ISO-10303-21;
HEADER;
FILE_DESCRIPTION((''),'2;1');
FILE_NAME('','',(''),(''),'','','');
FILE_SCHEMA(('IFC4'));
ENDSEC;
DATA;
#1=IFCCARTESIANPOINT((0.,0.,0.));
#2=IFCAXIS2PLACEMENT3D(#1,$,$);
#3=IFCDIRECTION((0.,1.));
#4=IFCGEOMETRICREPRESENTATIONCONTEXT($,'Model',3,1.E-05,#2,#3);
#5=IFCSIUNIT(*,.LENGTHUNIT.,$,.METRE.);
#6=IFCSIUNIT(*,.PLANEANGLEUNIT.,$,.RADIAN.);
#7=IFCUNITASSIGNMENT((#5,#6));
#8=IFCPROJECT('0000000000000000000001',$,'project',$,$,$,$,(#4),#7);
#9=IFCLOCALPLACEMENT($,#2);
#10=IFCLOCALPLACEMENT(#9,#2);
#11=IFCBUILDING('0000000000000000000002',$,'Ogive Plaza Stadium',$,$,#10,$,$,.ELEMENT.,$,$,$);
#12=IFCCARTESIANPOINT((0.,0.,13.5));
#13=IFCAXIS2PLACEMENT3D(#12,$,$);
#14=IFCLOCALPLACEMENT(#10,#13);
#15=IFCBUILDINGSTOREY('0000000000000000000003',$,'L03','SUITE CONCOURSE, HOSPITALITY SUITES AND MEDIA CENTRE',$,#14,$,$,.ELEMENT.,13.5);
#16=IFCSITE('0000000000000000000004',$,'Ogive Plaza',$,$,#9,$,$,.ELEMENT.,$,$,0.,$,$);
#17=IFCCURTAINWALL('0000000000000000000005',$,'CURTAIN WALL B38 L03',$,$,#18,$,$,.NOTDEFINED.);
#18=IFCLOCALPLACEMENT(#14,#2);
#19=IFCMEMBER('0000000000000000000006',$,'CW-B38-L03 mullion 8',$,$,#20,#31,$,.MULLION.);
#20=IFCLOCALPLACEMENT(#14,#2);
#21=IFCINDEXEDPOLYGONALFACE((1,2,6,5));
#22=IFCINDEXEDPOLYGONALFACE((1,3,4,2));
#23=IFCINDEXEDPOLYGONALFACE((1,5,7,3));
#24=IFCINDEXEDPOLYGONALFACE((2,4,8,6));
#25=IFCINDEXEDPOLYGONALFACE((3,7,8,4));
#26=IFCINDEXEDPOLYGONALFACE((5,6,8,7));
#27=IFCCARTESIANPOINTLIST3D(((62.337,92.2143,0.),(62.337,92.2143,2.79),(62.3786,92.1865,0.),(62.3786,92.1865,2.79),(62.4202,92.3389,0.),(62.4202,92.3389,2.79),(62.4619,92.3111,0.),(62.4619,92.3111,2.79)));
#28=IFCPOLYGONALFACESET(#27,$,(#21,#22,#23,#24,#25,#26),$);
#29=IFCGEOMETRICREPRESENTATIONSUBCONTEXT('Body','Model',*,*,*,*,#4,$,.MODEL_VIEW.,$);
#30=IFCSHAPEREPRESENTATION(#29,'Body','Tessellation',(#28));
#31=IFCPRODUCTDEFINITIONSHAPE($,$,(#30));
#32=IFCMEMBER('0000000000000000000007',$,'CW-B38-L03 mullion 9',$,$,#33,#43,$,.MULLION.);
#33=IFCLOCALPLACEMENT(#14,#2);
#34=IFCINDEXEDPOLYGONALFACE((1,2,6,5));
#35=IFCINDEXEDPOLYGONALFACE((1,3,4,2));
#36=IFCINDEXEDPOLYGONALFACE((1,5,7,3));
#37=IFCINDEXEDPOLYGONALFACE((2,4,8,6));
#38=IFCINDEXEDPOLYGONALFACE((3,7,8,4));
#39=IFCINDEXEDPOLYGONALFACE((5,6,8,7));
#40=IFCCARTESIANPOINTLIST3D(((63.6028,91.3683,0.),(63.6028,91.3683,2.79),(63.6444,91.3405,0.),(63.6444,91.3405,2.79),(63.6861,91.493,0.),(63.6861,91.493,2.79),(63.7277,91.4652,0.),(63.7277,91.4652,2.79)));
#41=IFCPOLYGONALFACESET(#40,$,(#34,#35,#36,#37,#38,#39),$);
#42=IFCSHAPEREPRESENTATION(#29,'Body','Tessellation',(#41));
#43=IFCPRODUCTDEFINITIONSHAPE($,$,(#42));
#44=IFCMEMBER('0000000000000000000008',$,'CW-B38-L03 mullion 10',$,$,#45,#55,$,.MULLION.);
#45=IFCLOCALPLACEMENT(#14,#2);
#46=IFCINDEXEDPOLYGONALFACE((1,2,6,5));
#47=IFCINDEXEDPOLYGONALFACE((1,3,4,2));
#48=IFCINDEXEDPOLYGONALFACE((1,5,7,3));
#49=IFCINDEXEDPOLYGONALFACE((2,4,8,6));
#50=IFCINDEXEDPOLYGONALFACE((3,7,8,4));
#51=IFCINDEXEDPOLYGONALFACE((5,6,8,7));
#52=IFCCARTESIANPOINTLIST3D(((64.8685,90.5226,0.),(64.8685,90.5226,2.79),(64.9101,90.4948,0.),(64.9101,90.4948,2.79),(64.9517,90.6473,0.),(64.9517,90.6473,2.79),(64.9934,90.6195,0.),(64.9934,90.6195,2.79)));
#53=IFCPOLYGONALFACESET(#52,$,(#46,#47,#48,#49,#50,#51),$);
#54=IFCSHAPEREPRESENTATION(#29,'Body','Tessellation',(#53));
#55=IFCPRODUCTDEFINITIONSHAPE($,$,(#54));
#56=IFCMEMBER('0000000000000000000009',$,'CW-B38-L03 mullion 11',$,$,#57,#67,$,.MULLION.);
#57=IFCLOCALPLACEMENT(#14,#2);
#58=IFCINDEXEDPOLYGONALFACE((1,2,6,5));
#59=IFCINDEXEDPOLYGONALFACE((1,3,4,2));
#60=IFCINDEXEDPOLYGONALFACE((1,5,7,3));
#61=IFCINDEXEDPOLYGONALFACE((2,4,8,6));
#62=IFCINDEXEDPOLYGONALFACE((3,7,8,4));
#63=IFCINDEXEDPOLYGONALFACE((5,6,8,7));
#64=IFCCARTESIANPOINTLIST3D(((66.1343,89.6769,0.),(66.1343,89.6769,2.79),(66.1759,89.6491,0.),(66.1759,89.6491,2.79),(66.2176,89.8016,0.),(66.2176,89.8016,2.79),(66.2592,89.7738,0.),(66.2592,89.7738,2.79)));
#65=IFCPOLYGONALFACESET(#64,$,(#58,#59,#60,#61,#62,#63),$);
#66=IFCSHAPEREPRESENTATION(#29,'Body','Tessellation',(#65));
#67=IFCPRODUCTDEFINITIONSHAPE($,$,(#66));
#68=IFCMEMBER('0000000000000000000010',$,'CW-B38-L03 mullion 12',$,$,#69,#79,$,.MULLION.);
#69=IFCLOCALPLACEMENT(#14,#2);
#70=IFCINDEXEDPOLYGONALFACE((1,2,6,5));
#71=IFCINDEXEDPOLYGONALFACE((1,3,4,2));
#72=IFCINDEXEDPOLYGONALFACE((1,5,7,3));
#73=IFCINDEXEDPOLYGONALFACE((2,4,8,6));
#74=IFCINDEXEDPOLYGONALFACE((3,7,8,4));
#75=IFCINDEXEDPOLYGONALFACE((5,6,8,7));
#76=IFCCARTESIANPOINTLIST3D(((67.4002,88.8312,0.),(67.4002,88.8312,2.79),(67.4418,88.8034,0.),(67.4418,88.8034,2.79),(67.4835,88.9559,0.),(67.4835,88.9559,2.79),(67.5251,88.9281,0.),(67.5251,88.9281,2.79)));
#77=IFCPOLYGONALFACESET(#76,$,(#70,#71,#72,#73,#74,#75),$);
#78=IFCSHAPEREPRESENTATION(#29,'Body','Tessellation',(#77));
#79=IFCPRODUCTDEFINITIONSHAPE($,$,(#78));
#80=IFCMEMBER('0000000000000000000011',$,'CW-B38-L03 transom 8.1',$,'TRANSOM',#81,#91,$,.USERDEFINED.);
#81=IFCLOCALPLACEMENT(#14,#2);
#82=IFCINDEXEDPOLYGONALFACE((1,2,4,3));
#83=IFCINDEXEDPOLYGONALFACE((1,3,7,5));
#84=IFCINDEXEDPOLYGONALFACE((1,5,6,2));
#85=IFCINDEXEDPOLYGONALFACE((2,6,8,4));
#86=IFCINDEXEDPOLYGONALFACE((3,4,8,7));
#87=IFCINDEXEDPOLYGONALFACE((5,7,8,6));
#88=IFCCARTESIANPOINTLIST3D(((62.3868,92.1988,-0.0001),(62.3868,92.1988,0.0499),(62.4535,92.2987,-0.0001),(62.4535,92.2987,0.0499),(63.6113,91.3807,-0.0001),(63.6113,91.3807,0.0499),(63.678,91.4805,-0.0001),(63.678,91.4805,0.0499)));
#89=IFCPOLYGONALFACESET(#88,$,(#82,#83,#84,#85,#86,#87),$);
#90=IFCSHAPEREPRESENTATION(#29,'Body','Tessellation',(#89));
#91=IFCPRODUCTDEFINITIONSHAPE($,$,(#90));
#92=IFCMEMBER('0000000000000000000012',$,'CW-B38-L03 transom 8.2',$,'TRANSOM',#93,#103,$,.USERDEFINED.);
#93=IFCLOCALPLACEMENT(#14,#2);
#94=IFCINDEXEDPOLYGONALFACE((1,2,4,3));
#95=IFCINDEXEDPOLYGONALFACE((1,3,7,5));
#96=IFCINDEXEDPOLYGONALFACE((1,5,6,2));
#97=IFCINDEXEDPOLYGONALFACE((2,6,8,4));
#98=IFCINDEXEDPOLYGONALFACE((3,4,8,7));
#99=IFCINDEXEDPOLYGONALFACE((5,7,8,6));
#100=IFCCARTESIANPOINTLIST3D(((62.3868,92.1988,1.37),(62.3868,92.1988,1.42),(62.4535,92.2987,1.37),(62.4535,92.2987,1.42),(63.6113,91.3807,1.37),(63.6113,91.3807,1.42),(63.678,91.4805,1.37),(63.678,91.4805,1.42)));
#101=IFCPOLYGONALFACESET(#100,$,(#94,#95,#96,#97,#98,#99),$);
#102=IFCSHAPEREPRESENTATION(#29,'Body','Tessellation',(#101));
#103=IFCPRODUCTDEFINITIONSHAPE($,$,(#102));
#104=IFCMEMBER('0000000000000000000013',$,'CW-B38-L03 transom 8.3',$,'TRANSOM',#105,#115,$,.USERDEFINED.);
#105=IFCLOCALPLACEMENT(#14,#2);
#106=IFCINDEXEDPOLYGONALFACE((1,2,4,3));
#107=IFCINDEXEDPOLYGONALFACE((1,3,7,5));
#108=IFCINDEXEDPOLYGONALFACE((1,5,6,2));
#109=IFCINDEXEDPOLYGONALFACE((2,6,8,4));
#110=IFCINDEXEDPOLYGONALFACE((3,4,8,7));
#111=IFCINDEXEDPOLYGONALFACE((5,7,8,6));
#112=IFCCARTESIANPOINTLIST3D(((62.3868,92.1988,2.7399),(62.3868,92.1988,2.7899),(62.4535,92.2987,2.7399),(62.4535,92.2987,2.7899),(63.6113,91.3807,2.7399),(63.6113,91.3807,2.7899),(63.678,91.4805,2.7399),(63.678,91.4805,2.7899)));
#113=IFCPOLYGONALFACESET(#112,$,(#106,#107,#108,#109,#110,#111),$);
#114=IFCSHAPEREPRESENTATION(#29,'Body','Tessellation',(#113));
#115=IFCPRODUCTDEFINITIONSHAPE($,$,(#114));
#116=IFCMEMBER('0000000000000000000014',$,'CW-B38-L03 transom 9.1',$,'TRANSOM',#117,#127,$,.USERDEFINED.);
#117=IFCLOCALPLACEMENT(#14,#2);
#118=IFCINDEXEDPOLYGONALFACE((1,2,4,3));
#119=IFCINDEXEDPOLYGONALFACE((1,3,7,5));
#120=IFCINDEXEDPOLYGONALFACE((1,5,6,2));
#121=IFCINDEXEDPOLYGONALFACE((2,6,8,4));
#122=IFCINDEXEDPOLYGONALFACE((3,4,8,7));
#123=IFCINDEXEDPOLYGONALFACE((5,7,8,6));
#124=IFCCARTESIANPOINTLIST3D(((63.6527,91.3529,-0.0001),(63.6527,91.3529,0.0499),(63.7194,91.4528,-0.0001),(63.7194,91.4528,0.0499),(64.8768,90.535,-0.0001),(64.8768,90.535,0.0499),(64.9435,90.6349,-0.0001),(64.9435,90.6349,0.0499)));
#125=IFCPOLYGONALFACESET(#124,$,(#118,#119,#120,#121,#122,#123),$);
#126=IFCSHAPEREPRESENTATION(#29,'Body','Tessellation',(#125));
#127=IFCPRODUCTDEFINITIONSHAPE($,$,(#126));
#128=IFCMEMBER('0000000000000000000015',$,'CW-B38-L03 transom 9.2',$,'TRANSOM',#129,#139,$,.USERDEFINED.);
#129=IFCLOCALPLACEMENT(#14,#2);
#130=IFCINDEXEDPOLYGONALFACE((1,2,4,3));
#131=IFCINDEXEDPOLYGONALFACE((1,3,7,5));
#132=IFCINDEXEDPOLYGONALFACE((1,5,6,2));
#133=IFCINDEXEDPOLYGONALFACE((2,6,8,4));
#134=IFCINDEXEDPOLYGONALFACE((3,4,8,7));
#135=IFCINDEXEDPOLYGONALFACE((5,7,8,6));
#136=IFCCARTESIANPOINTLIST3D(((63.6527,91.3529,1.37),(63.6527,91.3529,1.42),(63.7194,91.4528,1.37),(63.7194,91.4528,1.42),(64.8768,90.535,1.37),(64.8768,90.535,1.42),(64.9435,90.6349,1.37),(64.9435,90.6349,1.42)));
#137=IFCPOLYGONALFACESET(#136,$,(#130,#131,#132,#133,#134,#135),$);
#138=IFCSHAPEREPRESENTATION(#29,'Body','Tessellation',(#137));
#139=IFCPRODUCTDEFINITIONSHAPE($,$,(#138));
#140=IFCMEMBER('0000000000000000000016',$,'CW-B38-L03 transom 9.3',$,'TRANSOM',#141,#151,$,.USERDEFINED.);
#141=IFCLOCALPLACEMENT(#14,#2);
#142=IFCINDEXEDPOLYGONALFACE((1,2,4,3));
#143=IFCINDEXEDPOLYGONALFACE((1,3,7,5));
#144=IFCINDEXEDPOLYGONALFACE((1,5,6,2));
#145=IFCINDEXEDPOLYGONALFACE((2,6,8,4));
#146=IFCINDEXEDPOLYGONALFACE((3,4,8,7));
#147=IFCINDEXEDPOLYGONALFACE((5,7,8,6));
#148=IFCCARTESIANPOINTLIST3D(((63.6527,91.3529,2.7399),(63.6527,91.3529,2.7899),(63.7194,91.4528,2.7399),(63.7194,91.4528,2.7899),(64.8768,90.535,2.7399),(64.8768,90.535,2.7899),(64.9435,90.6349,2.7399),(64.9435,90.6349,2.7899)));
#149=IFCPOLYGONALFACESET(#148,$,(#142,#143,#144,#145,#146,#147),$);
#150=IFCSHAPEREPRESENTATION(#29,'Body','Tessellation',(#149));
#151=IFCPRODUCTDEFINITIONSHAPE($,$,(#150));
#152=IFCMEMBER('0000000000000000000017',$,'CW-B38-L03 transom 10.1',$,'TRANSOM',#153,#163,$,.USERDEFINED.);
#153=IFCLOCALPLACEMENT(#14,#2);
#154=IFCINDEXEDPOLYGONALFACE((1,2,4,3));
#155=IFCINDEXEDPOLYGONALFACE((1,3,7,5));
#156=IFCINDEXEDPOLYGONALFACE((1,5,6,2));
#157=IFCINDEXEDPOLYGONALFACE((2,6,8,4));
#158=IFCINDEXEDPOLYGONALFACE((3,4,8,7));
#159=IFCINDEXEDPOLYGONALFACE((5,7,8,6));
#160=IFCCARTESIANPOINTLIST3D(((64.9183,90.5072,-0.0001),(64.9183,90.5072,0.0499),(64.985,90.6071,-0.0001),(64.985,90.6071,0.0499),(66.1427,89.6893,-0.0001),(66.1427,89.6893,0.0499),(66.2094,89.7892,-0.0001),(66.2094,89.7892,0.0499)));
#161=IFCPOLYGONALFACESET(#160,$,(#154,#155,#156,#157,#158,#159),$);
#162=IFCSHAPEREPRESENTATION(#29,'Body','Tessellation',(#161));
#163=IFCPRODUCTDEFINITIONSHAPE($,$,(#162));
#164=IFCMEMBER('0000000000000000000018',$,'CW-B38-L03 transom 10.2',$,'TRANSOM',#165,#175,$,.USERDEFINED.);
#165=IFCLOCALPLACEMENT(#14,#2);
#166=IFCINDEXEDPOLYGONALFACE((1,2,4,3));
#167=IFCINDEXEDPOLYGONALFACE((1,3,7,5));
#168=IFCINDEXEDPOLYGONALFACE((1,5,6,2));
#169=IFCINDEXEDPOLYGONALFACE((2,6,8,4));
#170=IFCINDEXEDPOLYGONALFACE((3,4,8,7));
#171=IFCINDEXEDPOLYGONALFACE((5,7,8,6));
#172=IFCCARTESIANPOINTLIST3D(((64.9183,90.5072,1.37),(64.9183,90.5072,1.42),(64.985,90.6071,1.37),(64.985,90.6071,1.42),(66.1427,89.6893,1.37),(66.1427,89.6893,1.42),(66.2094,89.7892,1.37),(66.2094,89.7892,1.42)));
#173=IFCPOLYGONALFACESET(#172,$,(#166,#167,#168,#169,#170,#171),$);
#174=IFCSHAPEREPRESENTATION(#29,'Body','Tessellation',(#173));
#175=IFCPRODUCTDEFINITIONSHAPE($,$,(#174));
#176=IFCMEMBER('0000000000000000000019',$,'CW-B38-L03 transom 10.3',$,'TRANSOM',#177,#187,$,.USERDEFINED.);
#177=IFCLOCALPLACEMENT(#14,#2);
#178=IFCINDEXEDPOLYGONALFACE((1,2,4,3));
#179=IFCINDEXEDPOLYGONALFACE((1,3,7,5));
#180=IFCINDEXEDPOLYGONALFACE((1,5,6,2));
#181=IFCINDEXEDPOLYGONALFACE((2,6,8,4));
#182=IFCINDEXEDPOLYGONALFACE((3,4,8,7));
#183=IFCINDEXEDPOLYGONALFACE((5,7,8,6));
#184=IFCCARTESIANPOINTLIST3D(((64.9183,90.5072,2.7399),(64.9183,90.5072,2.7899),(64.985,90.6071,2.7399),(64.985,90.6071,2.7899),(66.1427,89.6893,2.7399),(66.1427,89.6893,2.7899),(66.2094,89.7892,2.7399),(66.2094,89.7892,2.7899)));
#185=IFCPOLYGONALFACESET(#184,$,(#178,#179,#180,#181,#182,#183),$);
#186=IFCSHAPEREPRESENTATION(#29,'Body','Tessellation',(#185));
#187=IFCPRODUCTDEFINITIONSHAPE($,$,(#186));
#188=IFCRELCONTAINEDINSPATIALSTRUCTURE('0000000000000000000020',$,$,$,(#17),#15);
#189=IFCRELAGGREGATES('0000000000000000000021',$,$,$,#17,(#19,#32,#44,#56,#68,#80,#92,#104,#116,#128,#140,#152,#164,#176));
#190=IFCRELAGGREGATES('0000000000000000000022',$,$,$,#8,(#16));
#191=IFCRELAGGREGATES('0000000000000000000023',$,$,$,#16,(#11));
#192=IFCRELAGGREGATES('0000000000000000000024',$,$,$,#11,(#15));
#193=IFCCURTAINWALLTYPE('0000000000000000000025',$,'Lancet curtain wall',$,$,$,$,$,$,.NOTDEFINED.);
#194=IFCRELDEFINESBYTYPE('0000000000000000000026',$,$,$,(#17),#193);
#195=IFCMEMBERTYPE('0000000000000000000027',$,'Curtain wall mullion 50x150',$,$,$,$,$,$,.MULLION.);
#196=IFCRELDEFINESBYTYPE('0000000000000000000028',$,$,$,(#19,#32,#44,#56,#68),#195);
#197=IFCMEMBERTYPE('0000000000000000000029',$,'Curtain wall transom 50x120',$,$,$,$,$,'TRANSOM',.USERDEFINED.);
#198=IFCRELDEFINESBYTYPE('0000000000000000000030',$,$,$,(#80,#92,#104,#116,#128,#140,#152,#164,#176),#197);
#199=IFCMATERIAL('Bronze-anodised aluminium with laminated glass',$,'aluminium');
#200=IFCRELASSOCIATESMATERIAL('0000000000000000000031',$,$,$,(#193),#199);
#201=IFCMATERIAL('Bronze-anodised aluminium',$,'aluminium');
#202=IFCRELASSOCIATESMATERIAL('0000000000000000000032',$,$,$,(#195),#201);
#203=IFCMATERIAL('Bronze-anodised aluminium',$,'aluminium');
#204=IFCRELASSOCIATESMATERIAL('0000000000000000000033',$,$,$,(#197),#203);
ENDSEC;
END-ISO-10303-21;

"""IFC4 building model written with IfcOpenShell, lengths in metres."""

from ifc_helpers import new_model, si_unit, direction, frame, origin, origin_2d, place, context, subcontext, project, spatial, rectangle, extrude, material, material_profile, profile_set, type_object, element, aggregate, save


model = new_model("IFC4")

# Units and contexts
model_context = context("Model", 3, precision=1e-05, world=origin(), true_north=direction((0.0, 1.0)))
body_context = subcontext(model_context, "Body", "Model", "MODEL_VIEW")
ifc_project = project(units=[si_unit("LENGTHUNIT", "METRE"), si_unit("PLANEANGLEUNIT", "RADIAN")], contexts=[model_context])

# Site, building, storey
site_placement = place(None, origin())
site = spatial("IfcSite", under=ifc_project, at=site_placement, Name="Ogive Plaza", CompositionType="ELEMENT", RefElevation=0.0)
building_placement = place(site_placement, origin())
building = spatial("IfcBuilding", under=site, at=building_placement, Name="Ogive Plaza Stadium", CompositionType="ELEMENT")
storey_placement = place(building_placement, frame((0.0, 0.0, 13.5)))
storey = spatial("IfcBuildingStorey", under=building, at=storey_placement, Name="L03", Description="SUITE CONCOURSE, HOSPITALITY SUITES AND MEDIA CENTRE", CompositionType="ELEMENT", Elevation=13.5)

# Curtain wall, members
ifc_material_1 = material(Name="Bronze-anodised aluminium with laminated glass", Category="aluminium")
curtain_wall_type = type_object("IfcCurtainWallType", Name="Lancet curtain wall", PredefinedType="NOTDEFINED", material=ifc_material_1)
curtain_wall_placement = place(storey_placement, origin())
curtain_wall = element("IfcCurtainWall", 1, at=curtain_wall_placement, inside=storey, type_object=curtain_wall_type, Name="CURTAIN WALL B38 L03", PredefinedType="NOTDEFINED")
ifc_material_2 = material(Name="Bronze-anodised aluminium", Category="aluminium")
ifc_material_profile_1 = material_profile(ifc_material_2, rectangle(XDim=0.1499, YDim=0.05, at=origin_2d()), Name="AL 150x50")
ifc_profile_set_1 = profile_set([ifc_material_profile_1], Name="Bronze-anodised aluminium")
member_type_1 = type_object("IfcMemberType", Name="Curtain wall mullion 50x150", PredefinedType="MULLION", material=ifc_profile_set_1)
member_1_placement = place(storey_placement, frame((62.3994, 92.2627, 0.0), z_axis=(0.0, 0.0, 1.0), x_axis=(0.55557, 0.83147, 0.0)))
member_1 = element("IfcMember", 2, at=member_1_placement, type_object=member_type_1, Name="CW-B38-L03 mullion 8", PredefinedType="MULLION", context=body_context, shape_type="SweptSolid", body=[
    extrude(rectangle(XDim=0.1499, YDim=0.05, at=origin_2d()), origin(), (0.0, 0.0, 1.0), 2.79),
])
member_2_placement = place(storey_placement, frame((63.6653, 91.4167, 0.0), z_axis=(0.0, 0.0, 1.0), x_axis=(0.55557, 0.83147, 0.0)))
member_2 = element("IfcMember", 3, at=member_2_placement, type_object=member_type_1, Name="CW-B38-L03 mullion 9", PredefinedType="MULLION", context=body_context, shape_type="SweptSolid", body=[
    extrude(rectangle(XDim=0.1499, YDim=0.05, at=origin_2d()), origin(), (0.0, 0.0, 1.0), 2.79),
])
member_3_placement = place(storey_placement, frame((64.9309, 90.571, 0.0), z_axis=(0.0, 0.0, 1.0), x_axis=(0.55557, 0.83147, 0.0)))
member_3 = element("IfcMember", 4, at=member_3_placement, type_object=member_type_1, Name="CW-B38-L03 mullion 10", PredefinedType="MULLION", context=body_context, shape_type="SweptSolid", body=[
    extrude(rectangle(XDim=0.1499, YDim=0.05, at=origin_2d()), origin(), (0.0, 0.0, 1.0), 2.79),
])
member_4_placement = place(storey_placement, frame((66.1968, 89.7253, 0.0), z_axis=(0.0, 0.0, 1.0), x_axis=(0.55557, 0.83147, 0.0)))
member_4 = element("IfcMember", 5, at=member_4_placement, type_object=member_type_1, Name="CW-B38-L03 mullion 11", PredefinedType="MULLION", context=body_context, shape_type="SweptSolid", body=[
    extrude(rectangle(XDim=0.1499, YDim=0.05, at=origin_2d()), origin(), (0.0, 0.0, 1.0), 2.79),
])
member_5_placement = place(storey_placement, frame((67.4626, 88.8796, 0.0), z_axis=(0.0, 0.0, 1.0), x_axis=(0.55557, 0.83147, 0.0)))
member_5 = element("IfcMember", 6, at=member_5_placement, type_object=member_type_1, Name="CW-B38-L03 mullion 12", PredefinedType="MULLION", context=body_context, shape_type="SweptSolid", body=[
    extrude(rectangle(XDim=0.1499, YDim=0.05, at=origin_2d()), origin(), (0.0, 0.0, 1.0), 2.79),
])
ifc_material_3 = material(Name="Bronze-anodised aluminium", Category="aluminium")
ifc_material_profile_2 = material_profile(ifc_material_3, rectangle(XDim=0.1201, YDim=0.05, at=origin_2d()), Name="AL 120x50")
ifc_profile_set_2 = profile_set([ifc_material_profile_2], Name="Bronze-anodised aluminium")
member_type_2 = type_object("IfcMemberType", Name="Curtain wall transom 50x120", ElementType="TRANSOM", PredefinedType="USERDEFINED", material=ifc_profile_set_2)
member_6_placement = place(storey_placement, frame((62.4202, 92.2488, 0.0249), z_axis=(0.831463, -0.55558, 0.0), x_axis=(0.55558, 0.831463, 0.0)))
member_6 = element("IfcMember", 7, at=member_6_placement, type_object=member_type_2, Name="CW-B38-L03 transom 8.1", ObjectType="TRANSOM", PredefinedType="USERDEFINED", context=body_context, shape_type="SweptSolid", body=[
    extrude(rectangle(XDim=0.1201, YDim=0.05, at=origin_2d()), origin(), (0.0, 0.0, 1.0), 1.4727),
])
member_7_placement = place(storey_placement, frame((62.4202, 92.2488, 1.395), z_axis=(0.831463, -0.55558, 0.0), x_axis=(0.55558, 0.831463, 0.0)))
member_7 = element("IfcMember", 8, at=member_7_placement, type_object=member_type_2, Name="CW-B38-L03 transom 8.2", ObjectType="TRANSOM", PredefinedType="USERDEFINED", context=body_context, shape_type="SweptSolid", body=[
    extrude(rectangle(XDim=0.1201, YDim=0.05, at=origin_2d()), origin(), (0.0, 0.0, 1.0), 1.4727),
])
member_8_placement = place(storey_placement, frame((62.4202, 92.2488, 2.7649), z_axis=(0.831463, -0.55558, 0.0), x_axis=(0.55558, 0.831463, 0.0)))
member_8 = element("IfcMember", 9, at=member_8_placement, type_object=member_type_2, Name="CW-B38-L03 transom 8.3", ObjectType="TRANSOM", PredefinedType="USERDEFINED", context=body_context, shape_type="SweptSolid", body=[
    extrude(rectangle(XDim=0.1201, YDim=0.05, at=origin_2d()), origin(), (0.0, 0.0, 1.0), 1.4727),
])
member_9_placement = place(storey_placement, frame((63.686, 91.4028, 0.0249), z_axis=(0.831489, -0.555542, 0.0), x_axis=(0.555542, 0.831489, 0.0)))
member_9 = element("IfcMember", 10, at=member_9_placement, type_object=member_type_2, Name="CW-B38-L03 transom 9.1", ObjectType="TRANSOM", PredefinedType="USERDEFINED", context=body_context, shape_type="SweptSolid", body=[
    extrude(rectangle(XDim=0.1201, YDim=0.05, at=origin_2d()), origin(), (0.0, 0.0, 1.0), 1.4722),
])
member_10_placement = place(storey_placement, frame((63.686, 91.4028, 1.395), z_axis=(0.831489, -0.555542, 0.0), x_axis=(0.555542, 0.831489, 0.0)))
member_10 = element("IfcMember", 11, at=member_10_placement, type_object=member_type_2, Name="CW-B38-L03 transom 9.2", ObjectType="TRANSOM", PredefinedType="USERDEFINED", context=body_context, shape_type="SweptSolid", body=[
    extrude(rectangle(XDim=0.1201, YDim=0.05, at=origin_2d()), origin(), (0.0, 0.0, 1.0), 1.4722),
])
member_11_placement = place(storey_placement, frame((63.686, 91.4028, 2.7649), z_axis=(0.831489, -0.555542, 0.0), x_axis=(0.555542, 0.831489, 0.0)))
member_11 = element("IfcMember", 12, at=member_11_placement, type_object=member_type_2, Name="CW-B38-L03 transom 9.3", ObjectType="TRANSOM", PredefinedType="USERDEFINED", context=body_context, shape_type="SweptSolid", body=[
    extrude(rectangle(XDim=0.1201, YDim=0.05, at=origin_2d()), origin(), (0.0, 0.0, 1.0), 1.4722),
])
member_12_placement = place(storey_placement, frame((64.9517, 90.5571, 0.0249), z_axis=(0.83154, -0.555465, 0.0), x_axis=(0.555465, 0.83154, 0.0)))
member_12 = element("IfcMember", 13, at=member_12_placement, type_object=member_type_2, Name="CW-B38-L03 transom 10.1", ObjectType="TRANSOM", PredefinedType="USERDEFINED", context=body_context, shape_type="SweptSolid", body=[
    extrude(rectangle(XDim=0.1201, YDim=0.05, at=origin_2d()), origin(), (0.0, 0.0, 1.0), 1.4724),
])
member_13_placement = place(storey_placement, frame((64.9517, 90.5571, 1.395), z_axis=(0.83154, -0.555465, 0.0), x_axis=(0.555465, 0.83154, 0.0)))
member_13 = element("IfcMember", 14, at=member_13_placement, type_object=member_type_2, Name="CW-B38-L03 transom 10.2", ObjectType="TRANSOM", PredefinedType="USERDEFINED", context=body_context, shape_type="SweptSolid", body=[
    extrude(rectangle(XDim=0.1201, YDim=0.05, at=origin_2d()), origin(), (0.0, 0.0, 1.0), 1.4724),
])
member_14_placement = place(storey_placement, frame((64.9517, 90.5571, 2.7649), z_axis=(0.83154, -0.555465, 0.0), x_axis=(0.555465, 0.83154, 0.0)))
member_14 = element("IfcMember", 15, at=member_14_placement, type_object=member_type_2, Name="CW-B38-L03 transom 10.3", ObjectType="TRANSOM", PredefinedType="USERDEFINED", context=body_context, shape_type="SweptSolid", body=[
    extrude(rectangle(XDim=0.1201, YDim=0.05, at=origin_2d()), origin(), (0.0, 0.0, 1.0), 1.4724),
])
aggregate(curtain_wall, [member_1, member_2, member_3, member_4, member_5, member_6, member_7, member_8, member_9, member_10, member_11, member_12, member_13, member_14])

save(model, "model.ifc")
